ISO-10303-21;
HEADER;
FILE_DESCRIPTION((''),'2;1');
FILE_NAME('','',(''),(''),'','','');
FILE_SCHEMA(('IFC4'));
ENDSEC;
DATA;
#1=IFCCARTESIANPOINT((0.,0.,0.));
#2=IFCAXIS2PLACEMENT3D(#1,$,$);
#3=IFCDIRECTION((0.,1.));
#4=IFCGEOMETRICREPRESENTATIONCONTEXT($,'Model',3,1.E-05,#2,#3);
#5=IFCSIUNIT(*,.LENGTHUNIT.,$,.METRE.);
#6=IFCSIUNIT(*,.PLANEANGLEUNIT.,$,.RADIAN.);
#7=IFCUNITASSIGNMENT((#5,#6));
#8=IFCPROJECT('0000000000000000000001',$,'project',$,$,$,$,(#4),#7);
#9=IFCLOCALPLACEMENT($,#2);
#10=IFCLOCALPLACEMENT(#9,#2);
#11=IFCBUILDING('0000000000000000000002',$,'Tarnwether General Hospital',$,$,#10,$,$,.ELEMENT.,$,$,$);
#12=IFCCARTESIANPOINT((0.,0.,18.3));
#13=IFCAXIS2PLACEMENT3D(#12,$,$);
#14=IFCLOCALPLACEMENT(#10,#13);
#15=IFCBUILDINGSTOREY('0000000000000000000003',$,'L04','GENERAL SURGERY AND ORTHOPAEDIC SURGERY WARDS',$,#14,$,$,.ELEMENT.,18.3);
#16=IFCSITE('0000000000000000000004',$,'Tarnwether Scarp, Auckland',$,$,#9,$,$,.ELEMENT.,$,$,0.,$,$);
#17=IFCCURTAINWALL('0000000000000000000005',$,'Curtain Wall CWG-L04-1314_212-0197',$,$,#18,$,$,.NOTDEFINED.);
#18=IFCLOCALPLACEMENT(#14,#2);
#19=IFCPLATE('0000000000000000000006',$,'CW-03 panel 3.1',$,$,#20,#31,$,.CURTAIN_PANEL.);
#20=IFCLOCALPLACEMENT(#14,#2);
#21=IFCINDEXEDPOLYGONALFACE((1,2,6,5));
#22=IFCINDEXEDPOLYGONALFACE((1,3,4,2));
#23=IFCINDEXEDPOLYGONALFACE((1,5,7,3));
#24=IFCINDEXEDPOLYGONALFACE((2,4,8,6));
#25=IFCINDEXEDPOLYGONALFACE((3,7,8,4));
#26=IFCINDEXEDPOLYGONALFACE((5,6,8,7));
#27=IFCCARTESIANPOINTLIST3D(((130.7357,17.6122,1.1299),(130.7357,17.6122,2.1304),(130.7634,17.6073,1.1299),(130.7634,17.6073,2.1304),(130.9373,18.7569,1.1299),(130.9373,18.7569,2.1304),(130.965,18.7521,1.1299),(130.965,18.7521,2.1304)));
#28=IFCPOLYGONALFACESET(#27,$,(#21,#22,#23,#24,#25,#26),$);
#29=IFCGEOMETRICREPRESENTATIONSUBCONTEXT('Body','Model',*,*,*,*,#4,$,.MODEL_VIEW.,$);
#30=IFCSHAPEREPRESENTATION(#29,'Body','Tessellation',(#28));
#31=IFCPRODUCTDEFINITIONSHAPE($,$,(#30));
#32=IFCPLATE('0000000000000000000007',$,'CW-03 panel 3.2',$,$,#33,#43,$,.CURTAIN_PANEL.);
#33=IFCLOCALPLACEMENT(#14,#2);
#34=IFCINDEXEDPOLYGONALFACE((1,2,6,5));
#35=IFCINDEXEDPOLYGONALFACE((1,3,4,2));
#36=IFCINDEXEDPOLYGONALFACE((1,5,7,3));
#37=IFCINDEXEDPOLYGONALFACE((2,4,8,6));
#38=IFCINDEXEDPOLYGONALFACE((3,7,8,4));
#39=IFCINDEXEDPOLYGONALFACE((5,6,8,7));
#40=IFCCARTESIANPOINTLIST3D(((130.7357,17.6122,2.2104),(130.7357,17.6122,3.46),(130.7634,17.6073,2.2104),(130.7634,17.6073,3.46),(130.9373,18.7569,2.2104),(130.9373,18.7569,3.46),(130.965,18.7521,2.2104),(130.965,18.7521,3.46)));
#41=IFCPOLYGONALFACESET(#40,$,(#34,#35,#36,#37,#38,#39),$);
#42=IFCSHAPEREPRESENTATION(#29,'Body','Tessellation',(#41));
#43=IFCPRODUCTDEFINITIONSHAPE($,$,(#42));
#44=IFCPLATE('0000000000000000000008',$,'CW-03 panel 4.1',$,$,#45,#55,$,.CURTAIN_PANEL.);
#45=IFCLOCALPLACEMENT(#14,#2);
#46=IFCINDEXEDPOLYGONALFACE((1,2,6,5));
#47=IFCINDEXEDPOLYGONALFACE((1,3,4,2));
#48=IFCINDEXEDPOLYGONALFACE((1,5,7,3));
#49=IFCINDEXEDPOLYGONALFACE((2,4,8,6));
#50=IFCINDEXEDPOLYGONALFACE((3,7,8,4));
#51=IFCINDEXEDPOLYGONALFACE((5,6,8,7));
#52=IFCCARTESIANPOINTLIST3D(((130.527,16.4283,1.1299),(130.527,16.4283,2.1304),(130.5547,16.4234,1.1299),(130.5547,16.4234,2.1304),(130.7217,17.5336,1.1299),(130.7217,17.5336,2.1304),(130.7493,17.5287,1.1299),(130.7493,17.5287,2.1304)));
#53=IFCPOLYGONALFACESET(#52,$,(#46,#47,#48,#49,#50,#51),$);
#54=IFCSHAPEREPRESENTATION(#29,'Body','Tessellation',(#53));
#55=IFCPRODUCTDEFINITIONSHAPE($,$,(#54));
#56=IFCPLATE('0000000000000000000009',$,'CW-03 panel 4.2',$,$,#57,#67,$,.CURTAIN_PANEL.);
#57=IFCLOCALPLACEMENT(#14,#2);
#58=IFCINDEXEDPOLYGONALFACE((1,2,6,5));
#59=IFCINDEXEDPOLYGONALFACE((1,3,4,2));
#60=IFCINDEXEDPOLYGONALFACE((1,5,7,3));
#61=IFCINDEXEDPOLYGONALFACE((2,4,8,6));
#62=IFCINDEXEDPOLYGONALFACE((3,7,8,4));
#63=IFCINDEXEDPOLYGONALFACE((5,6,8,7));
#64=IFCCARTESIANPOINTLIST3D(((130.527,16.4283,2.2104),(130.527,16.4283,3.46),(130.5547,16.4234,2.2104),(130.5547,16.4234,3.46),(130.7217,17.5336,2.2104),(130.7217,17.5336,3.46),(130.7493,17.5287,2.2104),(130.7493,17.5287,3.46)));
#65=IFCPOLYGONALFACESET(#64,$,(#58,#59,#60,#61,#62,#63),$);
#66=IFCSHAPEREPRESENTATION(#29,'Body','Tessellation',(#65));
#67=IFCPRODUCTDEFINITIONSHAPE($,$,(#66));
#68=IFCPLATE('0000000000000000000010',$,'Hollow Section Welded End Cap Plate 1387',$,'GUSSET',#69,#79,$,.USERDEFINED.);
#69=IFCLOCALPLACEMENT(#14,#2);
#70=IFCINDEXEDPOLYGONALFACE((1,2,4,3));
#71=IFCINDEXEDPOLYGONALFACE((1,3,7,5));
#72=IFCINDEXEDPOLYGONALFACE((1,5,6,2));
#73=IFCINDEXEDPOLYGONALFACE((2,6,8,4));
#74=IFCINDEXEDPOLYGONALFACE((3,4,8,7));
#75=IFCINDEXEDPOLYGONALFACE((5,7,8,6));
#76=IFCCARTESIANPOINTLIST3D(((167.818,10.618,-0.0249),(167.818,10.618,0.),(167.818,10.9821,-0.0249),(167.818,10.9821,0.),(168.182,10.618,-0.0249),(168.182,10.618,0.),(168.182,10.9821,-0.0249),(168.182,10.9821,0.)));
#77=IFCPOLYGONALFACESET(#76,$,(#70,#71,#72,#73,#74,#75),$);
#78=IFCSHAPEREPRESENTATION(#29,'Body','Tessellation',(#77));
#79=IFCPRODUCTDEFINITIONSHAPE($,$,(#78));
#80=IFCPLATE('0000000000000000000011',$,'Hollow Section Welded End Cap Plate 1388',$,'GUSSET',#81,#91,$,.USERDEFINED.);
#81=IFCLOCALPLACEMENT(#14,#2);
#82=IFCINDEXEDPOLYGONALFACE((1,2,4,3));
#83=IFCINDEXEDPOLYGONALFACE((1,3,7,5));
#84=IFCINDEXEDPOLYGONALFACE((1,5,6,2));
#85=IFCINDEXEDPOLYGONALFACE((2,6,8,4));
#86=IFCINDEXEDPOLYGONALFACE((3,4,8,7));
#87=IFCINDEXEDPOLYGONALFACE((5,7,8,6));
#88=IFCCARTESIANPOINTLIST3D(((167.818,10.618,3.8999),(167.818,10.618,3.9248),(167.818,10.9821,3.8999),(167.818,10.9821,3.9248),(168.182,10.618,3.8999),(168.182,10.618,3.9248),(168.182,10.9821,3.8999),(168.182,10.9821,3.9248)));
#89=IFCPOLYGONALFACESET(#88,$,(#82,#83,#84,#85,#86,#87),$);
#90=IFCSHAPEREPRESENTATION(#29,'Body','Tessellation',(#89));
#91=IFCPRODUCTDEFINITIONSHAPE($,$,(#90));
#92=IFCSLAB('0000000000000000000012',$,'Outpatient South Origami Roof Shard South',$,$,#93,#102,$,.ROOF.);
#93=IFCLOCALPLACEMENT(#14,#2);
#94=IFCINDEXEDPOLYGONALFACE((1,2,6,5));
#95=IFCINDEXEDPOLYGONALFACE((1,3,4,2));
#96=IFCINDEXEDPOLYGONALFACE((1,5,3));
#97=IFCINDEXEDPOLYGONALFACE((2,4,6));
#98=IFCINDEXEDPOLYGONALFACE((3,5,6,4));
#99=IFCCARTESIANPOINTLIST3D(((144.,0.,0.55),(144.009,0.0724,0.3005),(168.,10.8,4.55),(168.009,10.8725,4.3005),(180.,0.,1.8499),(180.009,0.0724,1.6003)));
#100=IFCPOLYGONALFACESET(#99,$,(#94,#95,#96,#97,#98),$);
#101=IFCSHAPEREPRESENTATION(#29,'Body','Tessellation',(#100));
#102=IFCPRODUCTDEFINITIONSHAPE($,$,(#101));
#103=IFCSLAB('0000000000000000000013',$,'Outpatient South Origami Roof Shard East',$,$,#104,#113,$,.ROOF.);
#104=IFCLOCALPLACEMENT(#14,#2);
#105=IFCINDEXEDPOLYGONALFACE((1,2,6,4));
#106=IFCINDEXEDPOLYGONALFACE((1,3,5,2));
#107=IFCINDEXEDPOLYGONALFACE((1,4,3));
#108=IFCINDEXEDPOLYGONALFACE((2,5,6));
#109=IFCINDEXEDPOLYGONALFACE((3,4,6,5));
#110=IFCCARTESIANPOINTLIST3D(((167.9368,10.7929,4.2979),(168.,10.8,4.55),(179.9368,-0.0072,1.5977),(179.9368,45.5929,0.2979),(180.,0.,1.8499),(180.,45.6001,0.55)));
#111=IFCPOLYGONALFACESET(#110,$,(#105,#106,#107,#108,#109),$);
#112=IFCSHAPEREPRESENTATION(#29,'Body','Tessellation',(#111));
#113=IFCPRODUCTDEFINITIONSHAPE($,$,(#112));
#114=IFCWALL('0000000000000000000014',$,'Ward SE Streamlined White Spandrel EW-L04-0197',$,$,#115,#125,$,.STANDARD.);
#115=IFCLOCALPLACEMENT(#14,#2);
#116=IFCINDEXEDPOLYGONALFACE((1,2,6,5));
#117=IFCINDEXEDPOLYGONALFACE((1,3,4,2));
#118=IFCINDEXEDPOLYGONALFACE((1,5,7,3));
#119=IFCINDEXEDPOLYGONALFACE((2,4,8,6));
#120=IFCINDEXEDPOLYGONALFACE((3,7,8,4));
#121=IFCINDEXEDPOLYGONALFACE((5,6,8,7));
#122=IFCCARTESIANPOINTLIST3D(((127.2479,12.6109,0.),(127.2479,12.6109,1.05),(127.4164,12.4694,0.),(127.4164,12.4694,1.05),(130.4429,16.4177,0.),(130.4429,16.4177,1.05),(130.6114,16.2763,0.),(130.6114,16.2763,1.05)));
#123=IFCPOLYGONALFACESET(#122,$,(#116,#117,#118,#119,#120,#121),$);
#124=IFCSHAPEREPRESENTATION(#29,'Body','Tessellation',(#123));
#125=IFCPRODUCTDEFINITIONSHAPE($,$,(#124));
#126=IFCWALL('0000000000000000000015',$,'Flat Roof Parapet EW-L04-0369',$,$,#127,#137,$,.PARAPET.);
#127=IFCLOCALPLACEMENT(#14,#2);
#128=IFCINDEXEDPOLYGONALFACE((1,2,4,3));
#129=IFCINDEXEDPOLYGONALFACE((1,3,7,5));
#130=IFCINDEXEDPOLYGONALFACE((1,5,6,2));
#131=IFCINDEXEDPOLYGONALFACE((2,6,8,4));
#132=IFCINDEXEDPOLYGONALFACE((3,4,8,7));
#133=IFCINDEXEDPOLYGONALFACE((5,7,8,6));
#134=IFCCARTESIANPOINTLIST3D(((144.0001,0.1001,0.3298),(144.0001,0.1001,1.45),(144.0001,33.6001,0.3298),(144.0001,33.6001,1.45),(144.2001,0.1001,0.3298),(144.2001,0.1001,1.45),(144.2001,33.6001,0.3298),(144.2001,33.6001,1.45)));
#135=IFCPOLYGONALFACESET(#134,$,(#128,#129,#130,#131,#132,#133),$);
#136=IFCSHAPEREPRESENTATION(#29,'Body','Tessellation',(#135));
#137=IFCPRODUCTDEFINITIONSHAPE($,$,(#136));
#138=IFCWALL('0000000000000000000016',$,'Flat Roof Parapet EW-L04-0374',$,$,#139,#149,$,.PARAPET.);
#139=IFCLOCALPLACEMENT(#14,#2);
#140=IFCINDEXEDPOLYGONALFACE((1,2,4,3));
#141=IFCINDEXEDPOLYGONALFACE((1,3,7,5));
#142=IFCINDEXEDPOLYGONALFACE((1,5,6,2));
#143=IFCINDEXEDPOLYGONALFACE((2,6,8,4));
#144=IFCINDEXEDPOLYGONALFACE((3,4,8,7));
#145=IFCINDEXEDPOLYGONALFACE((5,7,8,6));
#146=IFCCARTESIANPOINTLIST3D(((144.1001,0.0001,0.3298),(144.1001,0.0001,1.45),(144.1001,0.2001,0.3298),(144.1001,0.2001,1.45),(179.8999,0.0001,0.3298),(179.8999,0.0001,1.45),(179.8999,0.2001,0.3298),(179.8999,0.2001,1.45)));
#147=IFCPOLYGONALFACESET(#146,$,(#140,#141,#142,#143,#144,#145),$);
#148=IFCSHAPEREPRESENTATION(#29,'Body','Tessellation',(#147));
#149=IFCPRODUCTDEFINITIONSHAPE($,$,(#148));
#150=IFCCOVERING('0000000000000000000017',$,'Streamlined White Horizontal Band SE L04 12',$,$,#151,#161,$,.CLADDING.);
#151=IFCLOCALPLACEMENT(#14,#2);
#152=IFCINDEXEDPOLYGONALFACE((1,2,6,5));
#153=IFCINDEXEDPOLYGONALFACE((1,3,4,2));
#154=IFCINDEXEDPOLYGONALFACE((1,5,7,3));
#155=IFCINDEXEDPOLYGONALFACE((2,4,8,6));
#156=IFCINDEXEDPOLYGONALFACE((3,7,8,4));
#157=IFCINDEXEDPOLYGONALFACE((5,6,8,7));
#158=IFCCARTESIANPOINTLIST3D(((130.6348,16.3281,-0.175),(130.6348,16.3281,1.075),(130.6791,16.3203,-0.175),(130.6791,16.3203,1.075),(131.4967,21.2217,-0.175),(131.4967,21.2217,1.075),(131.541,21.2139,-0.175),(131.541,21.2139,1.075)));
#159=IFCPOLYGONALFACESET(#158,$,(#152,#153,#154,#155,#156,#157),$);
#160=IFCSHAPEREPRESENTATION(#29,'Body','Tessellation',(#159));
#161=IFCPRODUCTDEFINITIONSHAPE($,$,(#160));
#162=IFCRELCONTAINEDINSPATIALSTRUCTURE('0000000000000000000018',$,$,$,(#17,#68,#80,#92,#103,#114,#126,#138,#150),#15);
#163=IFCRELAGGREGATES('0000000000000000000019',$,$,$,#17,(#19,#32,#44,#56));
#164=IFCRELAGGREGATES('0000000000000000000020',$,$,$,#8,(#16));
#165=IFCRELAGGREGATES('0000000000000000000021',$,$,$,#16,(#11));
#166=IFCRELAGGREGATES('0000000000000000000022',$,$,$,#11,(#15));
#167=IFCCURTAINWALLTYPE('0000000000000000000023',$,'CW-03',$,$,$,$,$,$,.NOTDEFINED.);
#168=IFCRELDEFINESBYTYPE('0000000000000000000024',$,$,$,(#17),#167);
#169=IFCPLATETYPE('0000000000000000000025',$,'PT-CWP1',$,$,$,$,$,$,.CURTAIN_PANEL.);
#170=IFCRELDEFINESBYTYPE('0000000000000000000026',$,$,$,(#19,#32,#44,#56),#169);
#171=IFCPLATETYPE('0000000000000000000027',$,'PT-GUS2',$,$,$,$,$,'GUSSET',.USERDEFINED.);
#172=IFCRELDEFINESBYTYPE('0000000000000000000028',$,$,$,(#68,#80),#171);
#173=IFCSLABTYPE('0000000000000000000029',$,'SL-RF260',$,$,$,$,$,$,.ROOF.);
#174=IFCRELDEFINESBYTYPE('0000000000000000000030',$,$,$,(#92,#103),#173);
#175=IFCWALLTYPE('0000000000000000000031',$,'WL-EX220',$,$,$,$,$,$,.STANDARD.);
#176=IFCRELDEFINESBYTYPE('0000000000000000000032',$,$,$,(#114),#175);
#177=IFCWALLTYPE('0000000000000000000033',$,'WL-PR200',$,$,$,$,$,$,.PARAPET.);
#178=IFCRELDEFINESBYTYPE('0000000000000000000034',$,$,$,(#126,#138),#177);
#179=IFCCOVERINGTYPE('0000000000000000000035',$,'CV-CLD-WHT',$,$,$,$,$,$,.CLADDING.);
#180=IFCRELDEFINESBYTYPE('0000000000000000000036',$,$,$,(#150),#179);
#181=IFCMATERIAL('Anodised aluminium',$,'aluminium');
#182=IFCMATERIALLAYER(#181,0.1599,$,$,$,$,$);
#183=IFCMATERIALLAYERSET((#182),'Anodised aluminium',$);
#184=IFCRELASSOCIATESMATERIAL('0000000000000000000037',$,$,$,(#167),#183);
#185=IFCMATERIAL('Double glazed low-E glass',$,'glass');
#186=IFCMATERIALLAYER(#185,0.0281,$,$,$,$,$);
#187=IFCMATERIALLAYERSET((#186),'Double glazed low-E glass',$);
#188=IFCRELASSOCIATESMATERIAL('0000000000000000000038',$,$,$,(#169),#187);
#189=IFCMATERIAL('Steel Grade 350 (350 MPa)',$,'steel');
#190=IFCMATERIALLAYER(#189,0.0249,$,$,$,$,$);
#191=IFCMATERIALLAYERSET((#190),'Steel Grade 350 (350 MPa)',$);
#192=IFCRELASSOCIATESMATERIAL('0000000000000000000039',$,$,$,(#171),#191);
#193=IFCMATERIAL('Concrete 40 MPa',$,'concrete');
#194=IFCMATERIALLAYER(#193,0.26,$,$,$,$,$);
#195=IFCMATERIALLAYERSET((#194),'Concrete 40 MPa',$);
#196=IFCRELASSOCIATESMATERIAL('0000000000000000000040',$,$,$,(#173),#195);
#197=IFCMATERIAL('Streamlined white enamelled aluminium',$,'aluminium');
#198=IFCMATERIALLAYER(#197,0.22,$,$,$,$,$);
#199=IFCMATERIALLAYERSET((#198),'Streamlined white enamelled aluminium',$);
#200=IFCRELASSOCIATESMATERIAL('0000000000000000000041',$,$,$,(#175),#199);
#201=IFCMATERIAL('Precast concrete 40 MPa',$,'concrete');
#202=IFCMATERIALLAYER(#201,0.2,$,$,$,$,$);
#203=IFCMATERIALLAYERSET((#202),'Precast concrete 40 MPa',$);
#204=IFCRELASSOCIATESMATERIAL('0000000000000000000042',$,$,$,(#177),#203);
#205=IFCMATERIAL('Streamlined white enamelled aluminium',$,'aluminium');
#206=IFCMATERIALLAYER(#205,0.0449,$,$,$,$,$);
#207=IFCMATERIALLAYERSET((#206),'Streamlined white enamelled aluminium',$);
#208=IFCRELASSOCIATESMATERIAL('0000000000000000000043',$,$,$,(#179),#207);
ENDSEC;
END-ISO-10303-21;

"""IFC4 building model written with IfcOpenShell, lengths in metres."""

from ifc_helpers import new_model, si_unit, direction, frame, frame_2d, origin, origin_2d, place, context, subcontext, project, spatial, polyline, rectangle, outline, extrude, material, layer, layer_set, type_object, element, aggregate, save


model = new_model("IFC4")

# Units and contexts
model_context = context("Model", 3, precision=1e-05, world=origin(), true_north=direction((0.0, 1.0)))
body_context = subcontext(model_context, "Body", "Model", "MODEL_VIEW")
ifc_project = project(units=[si_unit("LENGTHUNIT", "METRE"), si_unit("PLANEANGLEUNIT", "RADIAN")], contexts=[model_context])

# Site, building, storey
site_placement = place(None, origin())
site = spatial("IfcSite", under=ifc_project, at=site_placement, Name="Tarnwether Scarp, Auckland", CompositionType="ELEMENT", RefElevation=0.0)
building_placement = place(site_placement, origin())
building = spatial("IfcBuilding", under=site, at=building_placement, Name="Tarnwether General Hospital", CompositionType="ELEMENT")
storey_placement = place(building_placement, frame((0.0, 0.0, 18.3)))
storey = spatial("IfcBuildingStorey", under=building, at=storey_placement, Name="L04", Description="GENERAL SURGERY AND ORTHOPAEDIC SURGERY WARDS", CompositionType="ELEMENT", Elevation=18.3)

# Curtain wall
ifc_material_1 = material(Name="Anodised aluminium", Category="aluminium")
ifc_layer_1 = layer(ifc_material_1, 0.1599)
ifc_layer_set_1 = layer_set([ifc_layer_1], Name="Anodised aluminium")
curtain_wall_type = type_object("IfcCurtainWallType", Name="CW-03", PredefinedType="NOTDEFINED", material=ifc_layer_set_1)
curtain_wall_placement = place(storey_placement, origin())
curtain_wall = element("IfcCurtainWall", 1, at=curtain_wall_placement, inside=storey, type_object=curtain_wall_type, Name="Curtain Wall CWG-L04-1314_212-0197", PredefinedType="NOTDEFINED")

# Plates
ifc_material_2 = material(Name="Double glazed low-E glass", Category="glass")
ifc_layer_2 = layer(ifc_material_2, 0.0281)
ifc_layer_set_2 = layer_set([ifc_layer_2], Name="Double glazed low-E glass")
plate_type_1 = type_object("IfcPlateType", Name="PT-CWP1", PredefinedType="CURTAIN_PANEL", material=ifc_layer_set_2)
plate_1_placement = place(storey_placement, frame((130.8503, 18.1821, 1.1299), z_axis=(0.0, 0.0, 1.0), x_axis=(-0.173464, -0.98484, 0.0)))
plate_1 = element("IfcPlate", 2, at=plate_1_placement, type_object=plate_type_1, Name="CW-03 panel 3.1", PredefinedType="CURTAIN_PANEL", context=body_context, shape_type="SweptSolid", body=[
    extrude(rectangle(XDim=1.1624, YDim=0.0281, at=origin_2d()), origin(), (0.0, 0.0, 1.0), 1.0005),
])
plate_2_placement = place(storey_placement, frame((130.8503, 18.1821, 2.2104), z_axis=(0.0, 0.0, 1.0), x_axis=(-0.173464, -0.98484, 0.0)))
plate_2 = element("IfcPlate", 3, at=plate_2_placement, type_object=plate_type_1, Name="CW-03 panel 3.2", PredefinedType="CURTAIN_PANEL", context=body_context, shape_type="SweptSolid", body=[
    extrude(rectangle(XDim=1.1624, YDim=0.0281, at=origin_2d()), origin(), (0.0, 0.0, 1.0), 1.2495),
])
plate_3_placement = place(storey_placement, frame((130.6382, 16.9785, 1.1299), z_axis=(0.0, 0.0, 1.0), x_axis=(-0.173464, -0.98484, 0.0)))
plate_3 = element("IfcPlate", 4, at=plate_3_placement, type_object=plate_type_1, Name="CW-03 panel 4.1", PredefinedType="CURTAIN_PANEL", context=body_context, shape_type="SweptSolid", body=[
    extrude(rectangle(XDim=1.1223, YDim=0.0281, at=origin_2d()), origin(), (0.0, 0.0, 1.0), 1.0005),
])
plate_4_placement = place(storey_placement, frame((130.6382, 16.9785, 2.2104), z_axis=(0.0, 0.0, 1.0), x_axis=(-0.173464, -0.98484, 0.0)))
plate_4 = element("IfcPlate", 5, at=plate_4_placement, type_object=plate_type_1, Name="CW-03 panel 4.2", PredefinedType="CURTAIN_PANEL", context=body_context, shape_type="SweptSolid", body=[
    extrude(rectangle(XDim=1.1223, YDim=0.0281, at=origin_2d()), origin(), (0.0, 0.0, 1.0), 1.2495),
])
aggregate(curtain_wall, [plate_1, plate_2, plate_3, plate_4])

# Plates
ifc_material_3 = material(Name="Steel Grade 350 (350 MPa)", Category="steel")
ifc_layer_3 = layer(ifc_material_3, 0.0249)
ifc_layer_set_3 = layer_set([ifc_layer_3], Name="Steel Grade 350 (350 MPa)")
plate_type_2 = type_object("IfcPlateType", Name="PT-GUS2", ElementType="GUSSET", PredefinedType="USERDEFINED", material=ifc_layer_set_3)
for number, where, z_axis, x_axis, name in (
    (6, (168.0, 10.8, -0.0249), (0.0, 0.0, 1.0), (1.0, 0.0, 0.0), "Hollow Section Welded End Cap Plate 1387"),
    (7, (168.0, 10.8, 3.8999), (0.0, 0.0, 1.0), (1.0, 0.0, 0.0), "Hollow Section Welded End Cap Plate 1388"),
):
    element("IfcPlate", number, at=place(storey_placement, frame(where, z_axis=z_axis, x_axis=x_axis)), inside=storey, type_object=plate_type_2, Name=name, ObjectType="GUSSET", PredefinedType="USERDEFINED", context=body_context, shape_type="SweptSolid", body=[
        extrude(rectangle(XDim=0.364, YDim=0.364, at=origin_2d()), origin(), (0.0, 0.0, 1.0), 0.0249),
    ])

# Slabs
ifc_material_4 = material(Name="Concrete 40 MPa", Category="concrete")
ifc_layer_4 = layer(ifc_material_4, 0.26)
ifc_layer_set_4 = layer_set([ifc_layer_4], Name="Concrete 40 MPa")
slab_type = type_object("IfcSlabType", Name="SL-RF260", PredefinedType="ROOF", material=ifc_layer_set_4)
slab_1_placement = place(storey_placement, frame((144.0, 0.0, 0.55), z_axis=(-0.034655, -0.278476, 0.959818), x_axis=(0.999349, 0.0, 0.036082)))
element("IfcSlab", 8, at=slab_1_placement, inside=storey, type_object=slab_type, Name="Outpatient South Origami Roof Shard South", PredefinedType="ROOF", context=body_context, shape_type="SweptSolid", body=[
    extrude(outline(polyline([(0.0, 0.0), (36.0235, 0.0), (24.1287, 11.2449), (0.0, 0.0)])), origin(), (0.0, 0.0, -1.0), 0.26),
])
slab_2_placement = place(storey_placement, frame((180.0, 0.0, 1.8499), z_axis=(0.243055, 0.027638, 0.969619), x_axis=(0.0, 0.999594, -0.028493)))
element("IfcSlab", 9, at=slab_2_placement, inside=storey, type_object=slab_type, Name="Outpatient South Origami Roof Shard East", PredefinedType="ROOF", context=body_context, shape_type="SweptSolid", body=[
    extrude(outline(polyline([(0.0, 0.0), (45.6186, 0.0), (10.7187, 12.371), (0.0, 0.0)])), origin(), (0.0, 0.0, -1.0), 0.26),
])

# Walls
ifc_material_5 = material(Name="Streamlined white enamelled aluminium", Category="aluminium")
ifc_layer_5 = layer(ifc_material_5, 0.22)
ifc_layer_set_5 = layer_set([ifc_layer_5], Name="Streamlined white enamelled aluminium")
wall_type_1 = type_object("IfcWallType", Name="WL-EX220", PredefinedType="STANDARD", material=ifc_layer_set_5)
wall_1_placement = place(storey_placement, frame((130.5271, 16.3469, 0.0), z_axis=(0.0, 0.0, 1.0), x_axis=(-0.642872, -0.765974, 0.0)))
element("IfcWall", 10, at=wall_1_placement, inside=storey, type_object=wall_type_1, Name="Ward SE Streamlined White Spandrel EW-L04-0197", PredefinedType="STANDARD", context=body_context, shape_type="SweptSolid", body=[
    extrude(rectangle(XDim=4.97, YDim=0.22, at=frame_2d((2.4849, 0.0))), origin(), (0.0, 0.0, 1.0), 1.05),
])
ifc_material_6 = material(Name="Precast concrete 40 MPa", Category="concrete")
ifc_layer_6 = layer(ifc_material_6, 0.2)
ifc_layer_set_6 = layer_set([ifc_layer_6], Name="Precast concrete 40 MPa")
wall_type_2 = type_object("IfcWallType", Name="WL-PR200", PredefinedType="PARAPET", material=ifc_layer_set_6)
wall_2_placement = place(storey_placement, frame((144.1001, 0.1001, 0.3298), z_axis=(0.0, 0.0, 1.0), x_axis=(0.0, 1.0, 0.0)))
element("IfcWall", 11, at=wall_2_placement, inside=storey, type_object=wall_type_2, Name="Flat Roof Parapet EW-L04-0369", PredefinedType="PARAPET", context=body_context, shape_type="SweptSolid", body=[
    extrude(rectangle(XDim=33.5, YDim=0.2, at=frame_2d((16.75, 0.0))), origin(), (0.0, 0.0, 1.0), 1.1201),
])
wall_3_placement = place(storey_placement, frame((179.8999, 0.1001, 0.3298), z_axis=(0.0, 0.0, 1.0), x_axis=(-1.0, 0.0, 0.0)))
element("IfcWall", 12, at=wall_3_placement, inside=storey, type_object=wall_type_2, Name="Flat Roof Parapet EW-L04-0374", PredefinedType="PARAPET", context=body_context, shape_type="SweptSolid", body=[
    extrude(rectangle(XDim=35.7998, YDim=0.2, at=frame_2d((17.8999, 0.0))), origin(), (0.0, 0.0, 1.0), 1.1201),
])

# Covering
ifc_material_7 = material(Name="Streamlined white enamelled aluminium", Category="aluminium")
ifc_layer_7 = layer(ifc_material_7, 0.0449)
ifc_layer_set_7 = layer_set([ifc_layer_7], Name="Streamlined white enamelled aluminium")
covering_type = type_object("IfcCoveringType", Name="CV-CLD-WHT", PredefinedType="CLADDING", material=ifc_layer_set_7)
covering_placement = place(storey_placement, frame((131.0879, 18.771, -0.175), z_axis=(0.0, 0.0, 1.0), x_axis=(-0.173459, -0.984841, 0.0)))
element("IfcCovering", 13, at=covering_placement, inside=storey, type_object=covering_type, Name="Streamlined White Horizontal Band SE L04 12", PredefinedType="CLADDING", context=body_context, shape_type="SweptSolid", body=[
    extrude(rectangle(XDim=4.969, YDim=0.0449, at=origin_2d()), origin(), (0.0, 0.0, 1.0), 1.25),
])

save(model, "model.ifc")
